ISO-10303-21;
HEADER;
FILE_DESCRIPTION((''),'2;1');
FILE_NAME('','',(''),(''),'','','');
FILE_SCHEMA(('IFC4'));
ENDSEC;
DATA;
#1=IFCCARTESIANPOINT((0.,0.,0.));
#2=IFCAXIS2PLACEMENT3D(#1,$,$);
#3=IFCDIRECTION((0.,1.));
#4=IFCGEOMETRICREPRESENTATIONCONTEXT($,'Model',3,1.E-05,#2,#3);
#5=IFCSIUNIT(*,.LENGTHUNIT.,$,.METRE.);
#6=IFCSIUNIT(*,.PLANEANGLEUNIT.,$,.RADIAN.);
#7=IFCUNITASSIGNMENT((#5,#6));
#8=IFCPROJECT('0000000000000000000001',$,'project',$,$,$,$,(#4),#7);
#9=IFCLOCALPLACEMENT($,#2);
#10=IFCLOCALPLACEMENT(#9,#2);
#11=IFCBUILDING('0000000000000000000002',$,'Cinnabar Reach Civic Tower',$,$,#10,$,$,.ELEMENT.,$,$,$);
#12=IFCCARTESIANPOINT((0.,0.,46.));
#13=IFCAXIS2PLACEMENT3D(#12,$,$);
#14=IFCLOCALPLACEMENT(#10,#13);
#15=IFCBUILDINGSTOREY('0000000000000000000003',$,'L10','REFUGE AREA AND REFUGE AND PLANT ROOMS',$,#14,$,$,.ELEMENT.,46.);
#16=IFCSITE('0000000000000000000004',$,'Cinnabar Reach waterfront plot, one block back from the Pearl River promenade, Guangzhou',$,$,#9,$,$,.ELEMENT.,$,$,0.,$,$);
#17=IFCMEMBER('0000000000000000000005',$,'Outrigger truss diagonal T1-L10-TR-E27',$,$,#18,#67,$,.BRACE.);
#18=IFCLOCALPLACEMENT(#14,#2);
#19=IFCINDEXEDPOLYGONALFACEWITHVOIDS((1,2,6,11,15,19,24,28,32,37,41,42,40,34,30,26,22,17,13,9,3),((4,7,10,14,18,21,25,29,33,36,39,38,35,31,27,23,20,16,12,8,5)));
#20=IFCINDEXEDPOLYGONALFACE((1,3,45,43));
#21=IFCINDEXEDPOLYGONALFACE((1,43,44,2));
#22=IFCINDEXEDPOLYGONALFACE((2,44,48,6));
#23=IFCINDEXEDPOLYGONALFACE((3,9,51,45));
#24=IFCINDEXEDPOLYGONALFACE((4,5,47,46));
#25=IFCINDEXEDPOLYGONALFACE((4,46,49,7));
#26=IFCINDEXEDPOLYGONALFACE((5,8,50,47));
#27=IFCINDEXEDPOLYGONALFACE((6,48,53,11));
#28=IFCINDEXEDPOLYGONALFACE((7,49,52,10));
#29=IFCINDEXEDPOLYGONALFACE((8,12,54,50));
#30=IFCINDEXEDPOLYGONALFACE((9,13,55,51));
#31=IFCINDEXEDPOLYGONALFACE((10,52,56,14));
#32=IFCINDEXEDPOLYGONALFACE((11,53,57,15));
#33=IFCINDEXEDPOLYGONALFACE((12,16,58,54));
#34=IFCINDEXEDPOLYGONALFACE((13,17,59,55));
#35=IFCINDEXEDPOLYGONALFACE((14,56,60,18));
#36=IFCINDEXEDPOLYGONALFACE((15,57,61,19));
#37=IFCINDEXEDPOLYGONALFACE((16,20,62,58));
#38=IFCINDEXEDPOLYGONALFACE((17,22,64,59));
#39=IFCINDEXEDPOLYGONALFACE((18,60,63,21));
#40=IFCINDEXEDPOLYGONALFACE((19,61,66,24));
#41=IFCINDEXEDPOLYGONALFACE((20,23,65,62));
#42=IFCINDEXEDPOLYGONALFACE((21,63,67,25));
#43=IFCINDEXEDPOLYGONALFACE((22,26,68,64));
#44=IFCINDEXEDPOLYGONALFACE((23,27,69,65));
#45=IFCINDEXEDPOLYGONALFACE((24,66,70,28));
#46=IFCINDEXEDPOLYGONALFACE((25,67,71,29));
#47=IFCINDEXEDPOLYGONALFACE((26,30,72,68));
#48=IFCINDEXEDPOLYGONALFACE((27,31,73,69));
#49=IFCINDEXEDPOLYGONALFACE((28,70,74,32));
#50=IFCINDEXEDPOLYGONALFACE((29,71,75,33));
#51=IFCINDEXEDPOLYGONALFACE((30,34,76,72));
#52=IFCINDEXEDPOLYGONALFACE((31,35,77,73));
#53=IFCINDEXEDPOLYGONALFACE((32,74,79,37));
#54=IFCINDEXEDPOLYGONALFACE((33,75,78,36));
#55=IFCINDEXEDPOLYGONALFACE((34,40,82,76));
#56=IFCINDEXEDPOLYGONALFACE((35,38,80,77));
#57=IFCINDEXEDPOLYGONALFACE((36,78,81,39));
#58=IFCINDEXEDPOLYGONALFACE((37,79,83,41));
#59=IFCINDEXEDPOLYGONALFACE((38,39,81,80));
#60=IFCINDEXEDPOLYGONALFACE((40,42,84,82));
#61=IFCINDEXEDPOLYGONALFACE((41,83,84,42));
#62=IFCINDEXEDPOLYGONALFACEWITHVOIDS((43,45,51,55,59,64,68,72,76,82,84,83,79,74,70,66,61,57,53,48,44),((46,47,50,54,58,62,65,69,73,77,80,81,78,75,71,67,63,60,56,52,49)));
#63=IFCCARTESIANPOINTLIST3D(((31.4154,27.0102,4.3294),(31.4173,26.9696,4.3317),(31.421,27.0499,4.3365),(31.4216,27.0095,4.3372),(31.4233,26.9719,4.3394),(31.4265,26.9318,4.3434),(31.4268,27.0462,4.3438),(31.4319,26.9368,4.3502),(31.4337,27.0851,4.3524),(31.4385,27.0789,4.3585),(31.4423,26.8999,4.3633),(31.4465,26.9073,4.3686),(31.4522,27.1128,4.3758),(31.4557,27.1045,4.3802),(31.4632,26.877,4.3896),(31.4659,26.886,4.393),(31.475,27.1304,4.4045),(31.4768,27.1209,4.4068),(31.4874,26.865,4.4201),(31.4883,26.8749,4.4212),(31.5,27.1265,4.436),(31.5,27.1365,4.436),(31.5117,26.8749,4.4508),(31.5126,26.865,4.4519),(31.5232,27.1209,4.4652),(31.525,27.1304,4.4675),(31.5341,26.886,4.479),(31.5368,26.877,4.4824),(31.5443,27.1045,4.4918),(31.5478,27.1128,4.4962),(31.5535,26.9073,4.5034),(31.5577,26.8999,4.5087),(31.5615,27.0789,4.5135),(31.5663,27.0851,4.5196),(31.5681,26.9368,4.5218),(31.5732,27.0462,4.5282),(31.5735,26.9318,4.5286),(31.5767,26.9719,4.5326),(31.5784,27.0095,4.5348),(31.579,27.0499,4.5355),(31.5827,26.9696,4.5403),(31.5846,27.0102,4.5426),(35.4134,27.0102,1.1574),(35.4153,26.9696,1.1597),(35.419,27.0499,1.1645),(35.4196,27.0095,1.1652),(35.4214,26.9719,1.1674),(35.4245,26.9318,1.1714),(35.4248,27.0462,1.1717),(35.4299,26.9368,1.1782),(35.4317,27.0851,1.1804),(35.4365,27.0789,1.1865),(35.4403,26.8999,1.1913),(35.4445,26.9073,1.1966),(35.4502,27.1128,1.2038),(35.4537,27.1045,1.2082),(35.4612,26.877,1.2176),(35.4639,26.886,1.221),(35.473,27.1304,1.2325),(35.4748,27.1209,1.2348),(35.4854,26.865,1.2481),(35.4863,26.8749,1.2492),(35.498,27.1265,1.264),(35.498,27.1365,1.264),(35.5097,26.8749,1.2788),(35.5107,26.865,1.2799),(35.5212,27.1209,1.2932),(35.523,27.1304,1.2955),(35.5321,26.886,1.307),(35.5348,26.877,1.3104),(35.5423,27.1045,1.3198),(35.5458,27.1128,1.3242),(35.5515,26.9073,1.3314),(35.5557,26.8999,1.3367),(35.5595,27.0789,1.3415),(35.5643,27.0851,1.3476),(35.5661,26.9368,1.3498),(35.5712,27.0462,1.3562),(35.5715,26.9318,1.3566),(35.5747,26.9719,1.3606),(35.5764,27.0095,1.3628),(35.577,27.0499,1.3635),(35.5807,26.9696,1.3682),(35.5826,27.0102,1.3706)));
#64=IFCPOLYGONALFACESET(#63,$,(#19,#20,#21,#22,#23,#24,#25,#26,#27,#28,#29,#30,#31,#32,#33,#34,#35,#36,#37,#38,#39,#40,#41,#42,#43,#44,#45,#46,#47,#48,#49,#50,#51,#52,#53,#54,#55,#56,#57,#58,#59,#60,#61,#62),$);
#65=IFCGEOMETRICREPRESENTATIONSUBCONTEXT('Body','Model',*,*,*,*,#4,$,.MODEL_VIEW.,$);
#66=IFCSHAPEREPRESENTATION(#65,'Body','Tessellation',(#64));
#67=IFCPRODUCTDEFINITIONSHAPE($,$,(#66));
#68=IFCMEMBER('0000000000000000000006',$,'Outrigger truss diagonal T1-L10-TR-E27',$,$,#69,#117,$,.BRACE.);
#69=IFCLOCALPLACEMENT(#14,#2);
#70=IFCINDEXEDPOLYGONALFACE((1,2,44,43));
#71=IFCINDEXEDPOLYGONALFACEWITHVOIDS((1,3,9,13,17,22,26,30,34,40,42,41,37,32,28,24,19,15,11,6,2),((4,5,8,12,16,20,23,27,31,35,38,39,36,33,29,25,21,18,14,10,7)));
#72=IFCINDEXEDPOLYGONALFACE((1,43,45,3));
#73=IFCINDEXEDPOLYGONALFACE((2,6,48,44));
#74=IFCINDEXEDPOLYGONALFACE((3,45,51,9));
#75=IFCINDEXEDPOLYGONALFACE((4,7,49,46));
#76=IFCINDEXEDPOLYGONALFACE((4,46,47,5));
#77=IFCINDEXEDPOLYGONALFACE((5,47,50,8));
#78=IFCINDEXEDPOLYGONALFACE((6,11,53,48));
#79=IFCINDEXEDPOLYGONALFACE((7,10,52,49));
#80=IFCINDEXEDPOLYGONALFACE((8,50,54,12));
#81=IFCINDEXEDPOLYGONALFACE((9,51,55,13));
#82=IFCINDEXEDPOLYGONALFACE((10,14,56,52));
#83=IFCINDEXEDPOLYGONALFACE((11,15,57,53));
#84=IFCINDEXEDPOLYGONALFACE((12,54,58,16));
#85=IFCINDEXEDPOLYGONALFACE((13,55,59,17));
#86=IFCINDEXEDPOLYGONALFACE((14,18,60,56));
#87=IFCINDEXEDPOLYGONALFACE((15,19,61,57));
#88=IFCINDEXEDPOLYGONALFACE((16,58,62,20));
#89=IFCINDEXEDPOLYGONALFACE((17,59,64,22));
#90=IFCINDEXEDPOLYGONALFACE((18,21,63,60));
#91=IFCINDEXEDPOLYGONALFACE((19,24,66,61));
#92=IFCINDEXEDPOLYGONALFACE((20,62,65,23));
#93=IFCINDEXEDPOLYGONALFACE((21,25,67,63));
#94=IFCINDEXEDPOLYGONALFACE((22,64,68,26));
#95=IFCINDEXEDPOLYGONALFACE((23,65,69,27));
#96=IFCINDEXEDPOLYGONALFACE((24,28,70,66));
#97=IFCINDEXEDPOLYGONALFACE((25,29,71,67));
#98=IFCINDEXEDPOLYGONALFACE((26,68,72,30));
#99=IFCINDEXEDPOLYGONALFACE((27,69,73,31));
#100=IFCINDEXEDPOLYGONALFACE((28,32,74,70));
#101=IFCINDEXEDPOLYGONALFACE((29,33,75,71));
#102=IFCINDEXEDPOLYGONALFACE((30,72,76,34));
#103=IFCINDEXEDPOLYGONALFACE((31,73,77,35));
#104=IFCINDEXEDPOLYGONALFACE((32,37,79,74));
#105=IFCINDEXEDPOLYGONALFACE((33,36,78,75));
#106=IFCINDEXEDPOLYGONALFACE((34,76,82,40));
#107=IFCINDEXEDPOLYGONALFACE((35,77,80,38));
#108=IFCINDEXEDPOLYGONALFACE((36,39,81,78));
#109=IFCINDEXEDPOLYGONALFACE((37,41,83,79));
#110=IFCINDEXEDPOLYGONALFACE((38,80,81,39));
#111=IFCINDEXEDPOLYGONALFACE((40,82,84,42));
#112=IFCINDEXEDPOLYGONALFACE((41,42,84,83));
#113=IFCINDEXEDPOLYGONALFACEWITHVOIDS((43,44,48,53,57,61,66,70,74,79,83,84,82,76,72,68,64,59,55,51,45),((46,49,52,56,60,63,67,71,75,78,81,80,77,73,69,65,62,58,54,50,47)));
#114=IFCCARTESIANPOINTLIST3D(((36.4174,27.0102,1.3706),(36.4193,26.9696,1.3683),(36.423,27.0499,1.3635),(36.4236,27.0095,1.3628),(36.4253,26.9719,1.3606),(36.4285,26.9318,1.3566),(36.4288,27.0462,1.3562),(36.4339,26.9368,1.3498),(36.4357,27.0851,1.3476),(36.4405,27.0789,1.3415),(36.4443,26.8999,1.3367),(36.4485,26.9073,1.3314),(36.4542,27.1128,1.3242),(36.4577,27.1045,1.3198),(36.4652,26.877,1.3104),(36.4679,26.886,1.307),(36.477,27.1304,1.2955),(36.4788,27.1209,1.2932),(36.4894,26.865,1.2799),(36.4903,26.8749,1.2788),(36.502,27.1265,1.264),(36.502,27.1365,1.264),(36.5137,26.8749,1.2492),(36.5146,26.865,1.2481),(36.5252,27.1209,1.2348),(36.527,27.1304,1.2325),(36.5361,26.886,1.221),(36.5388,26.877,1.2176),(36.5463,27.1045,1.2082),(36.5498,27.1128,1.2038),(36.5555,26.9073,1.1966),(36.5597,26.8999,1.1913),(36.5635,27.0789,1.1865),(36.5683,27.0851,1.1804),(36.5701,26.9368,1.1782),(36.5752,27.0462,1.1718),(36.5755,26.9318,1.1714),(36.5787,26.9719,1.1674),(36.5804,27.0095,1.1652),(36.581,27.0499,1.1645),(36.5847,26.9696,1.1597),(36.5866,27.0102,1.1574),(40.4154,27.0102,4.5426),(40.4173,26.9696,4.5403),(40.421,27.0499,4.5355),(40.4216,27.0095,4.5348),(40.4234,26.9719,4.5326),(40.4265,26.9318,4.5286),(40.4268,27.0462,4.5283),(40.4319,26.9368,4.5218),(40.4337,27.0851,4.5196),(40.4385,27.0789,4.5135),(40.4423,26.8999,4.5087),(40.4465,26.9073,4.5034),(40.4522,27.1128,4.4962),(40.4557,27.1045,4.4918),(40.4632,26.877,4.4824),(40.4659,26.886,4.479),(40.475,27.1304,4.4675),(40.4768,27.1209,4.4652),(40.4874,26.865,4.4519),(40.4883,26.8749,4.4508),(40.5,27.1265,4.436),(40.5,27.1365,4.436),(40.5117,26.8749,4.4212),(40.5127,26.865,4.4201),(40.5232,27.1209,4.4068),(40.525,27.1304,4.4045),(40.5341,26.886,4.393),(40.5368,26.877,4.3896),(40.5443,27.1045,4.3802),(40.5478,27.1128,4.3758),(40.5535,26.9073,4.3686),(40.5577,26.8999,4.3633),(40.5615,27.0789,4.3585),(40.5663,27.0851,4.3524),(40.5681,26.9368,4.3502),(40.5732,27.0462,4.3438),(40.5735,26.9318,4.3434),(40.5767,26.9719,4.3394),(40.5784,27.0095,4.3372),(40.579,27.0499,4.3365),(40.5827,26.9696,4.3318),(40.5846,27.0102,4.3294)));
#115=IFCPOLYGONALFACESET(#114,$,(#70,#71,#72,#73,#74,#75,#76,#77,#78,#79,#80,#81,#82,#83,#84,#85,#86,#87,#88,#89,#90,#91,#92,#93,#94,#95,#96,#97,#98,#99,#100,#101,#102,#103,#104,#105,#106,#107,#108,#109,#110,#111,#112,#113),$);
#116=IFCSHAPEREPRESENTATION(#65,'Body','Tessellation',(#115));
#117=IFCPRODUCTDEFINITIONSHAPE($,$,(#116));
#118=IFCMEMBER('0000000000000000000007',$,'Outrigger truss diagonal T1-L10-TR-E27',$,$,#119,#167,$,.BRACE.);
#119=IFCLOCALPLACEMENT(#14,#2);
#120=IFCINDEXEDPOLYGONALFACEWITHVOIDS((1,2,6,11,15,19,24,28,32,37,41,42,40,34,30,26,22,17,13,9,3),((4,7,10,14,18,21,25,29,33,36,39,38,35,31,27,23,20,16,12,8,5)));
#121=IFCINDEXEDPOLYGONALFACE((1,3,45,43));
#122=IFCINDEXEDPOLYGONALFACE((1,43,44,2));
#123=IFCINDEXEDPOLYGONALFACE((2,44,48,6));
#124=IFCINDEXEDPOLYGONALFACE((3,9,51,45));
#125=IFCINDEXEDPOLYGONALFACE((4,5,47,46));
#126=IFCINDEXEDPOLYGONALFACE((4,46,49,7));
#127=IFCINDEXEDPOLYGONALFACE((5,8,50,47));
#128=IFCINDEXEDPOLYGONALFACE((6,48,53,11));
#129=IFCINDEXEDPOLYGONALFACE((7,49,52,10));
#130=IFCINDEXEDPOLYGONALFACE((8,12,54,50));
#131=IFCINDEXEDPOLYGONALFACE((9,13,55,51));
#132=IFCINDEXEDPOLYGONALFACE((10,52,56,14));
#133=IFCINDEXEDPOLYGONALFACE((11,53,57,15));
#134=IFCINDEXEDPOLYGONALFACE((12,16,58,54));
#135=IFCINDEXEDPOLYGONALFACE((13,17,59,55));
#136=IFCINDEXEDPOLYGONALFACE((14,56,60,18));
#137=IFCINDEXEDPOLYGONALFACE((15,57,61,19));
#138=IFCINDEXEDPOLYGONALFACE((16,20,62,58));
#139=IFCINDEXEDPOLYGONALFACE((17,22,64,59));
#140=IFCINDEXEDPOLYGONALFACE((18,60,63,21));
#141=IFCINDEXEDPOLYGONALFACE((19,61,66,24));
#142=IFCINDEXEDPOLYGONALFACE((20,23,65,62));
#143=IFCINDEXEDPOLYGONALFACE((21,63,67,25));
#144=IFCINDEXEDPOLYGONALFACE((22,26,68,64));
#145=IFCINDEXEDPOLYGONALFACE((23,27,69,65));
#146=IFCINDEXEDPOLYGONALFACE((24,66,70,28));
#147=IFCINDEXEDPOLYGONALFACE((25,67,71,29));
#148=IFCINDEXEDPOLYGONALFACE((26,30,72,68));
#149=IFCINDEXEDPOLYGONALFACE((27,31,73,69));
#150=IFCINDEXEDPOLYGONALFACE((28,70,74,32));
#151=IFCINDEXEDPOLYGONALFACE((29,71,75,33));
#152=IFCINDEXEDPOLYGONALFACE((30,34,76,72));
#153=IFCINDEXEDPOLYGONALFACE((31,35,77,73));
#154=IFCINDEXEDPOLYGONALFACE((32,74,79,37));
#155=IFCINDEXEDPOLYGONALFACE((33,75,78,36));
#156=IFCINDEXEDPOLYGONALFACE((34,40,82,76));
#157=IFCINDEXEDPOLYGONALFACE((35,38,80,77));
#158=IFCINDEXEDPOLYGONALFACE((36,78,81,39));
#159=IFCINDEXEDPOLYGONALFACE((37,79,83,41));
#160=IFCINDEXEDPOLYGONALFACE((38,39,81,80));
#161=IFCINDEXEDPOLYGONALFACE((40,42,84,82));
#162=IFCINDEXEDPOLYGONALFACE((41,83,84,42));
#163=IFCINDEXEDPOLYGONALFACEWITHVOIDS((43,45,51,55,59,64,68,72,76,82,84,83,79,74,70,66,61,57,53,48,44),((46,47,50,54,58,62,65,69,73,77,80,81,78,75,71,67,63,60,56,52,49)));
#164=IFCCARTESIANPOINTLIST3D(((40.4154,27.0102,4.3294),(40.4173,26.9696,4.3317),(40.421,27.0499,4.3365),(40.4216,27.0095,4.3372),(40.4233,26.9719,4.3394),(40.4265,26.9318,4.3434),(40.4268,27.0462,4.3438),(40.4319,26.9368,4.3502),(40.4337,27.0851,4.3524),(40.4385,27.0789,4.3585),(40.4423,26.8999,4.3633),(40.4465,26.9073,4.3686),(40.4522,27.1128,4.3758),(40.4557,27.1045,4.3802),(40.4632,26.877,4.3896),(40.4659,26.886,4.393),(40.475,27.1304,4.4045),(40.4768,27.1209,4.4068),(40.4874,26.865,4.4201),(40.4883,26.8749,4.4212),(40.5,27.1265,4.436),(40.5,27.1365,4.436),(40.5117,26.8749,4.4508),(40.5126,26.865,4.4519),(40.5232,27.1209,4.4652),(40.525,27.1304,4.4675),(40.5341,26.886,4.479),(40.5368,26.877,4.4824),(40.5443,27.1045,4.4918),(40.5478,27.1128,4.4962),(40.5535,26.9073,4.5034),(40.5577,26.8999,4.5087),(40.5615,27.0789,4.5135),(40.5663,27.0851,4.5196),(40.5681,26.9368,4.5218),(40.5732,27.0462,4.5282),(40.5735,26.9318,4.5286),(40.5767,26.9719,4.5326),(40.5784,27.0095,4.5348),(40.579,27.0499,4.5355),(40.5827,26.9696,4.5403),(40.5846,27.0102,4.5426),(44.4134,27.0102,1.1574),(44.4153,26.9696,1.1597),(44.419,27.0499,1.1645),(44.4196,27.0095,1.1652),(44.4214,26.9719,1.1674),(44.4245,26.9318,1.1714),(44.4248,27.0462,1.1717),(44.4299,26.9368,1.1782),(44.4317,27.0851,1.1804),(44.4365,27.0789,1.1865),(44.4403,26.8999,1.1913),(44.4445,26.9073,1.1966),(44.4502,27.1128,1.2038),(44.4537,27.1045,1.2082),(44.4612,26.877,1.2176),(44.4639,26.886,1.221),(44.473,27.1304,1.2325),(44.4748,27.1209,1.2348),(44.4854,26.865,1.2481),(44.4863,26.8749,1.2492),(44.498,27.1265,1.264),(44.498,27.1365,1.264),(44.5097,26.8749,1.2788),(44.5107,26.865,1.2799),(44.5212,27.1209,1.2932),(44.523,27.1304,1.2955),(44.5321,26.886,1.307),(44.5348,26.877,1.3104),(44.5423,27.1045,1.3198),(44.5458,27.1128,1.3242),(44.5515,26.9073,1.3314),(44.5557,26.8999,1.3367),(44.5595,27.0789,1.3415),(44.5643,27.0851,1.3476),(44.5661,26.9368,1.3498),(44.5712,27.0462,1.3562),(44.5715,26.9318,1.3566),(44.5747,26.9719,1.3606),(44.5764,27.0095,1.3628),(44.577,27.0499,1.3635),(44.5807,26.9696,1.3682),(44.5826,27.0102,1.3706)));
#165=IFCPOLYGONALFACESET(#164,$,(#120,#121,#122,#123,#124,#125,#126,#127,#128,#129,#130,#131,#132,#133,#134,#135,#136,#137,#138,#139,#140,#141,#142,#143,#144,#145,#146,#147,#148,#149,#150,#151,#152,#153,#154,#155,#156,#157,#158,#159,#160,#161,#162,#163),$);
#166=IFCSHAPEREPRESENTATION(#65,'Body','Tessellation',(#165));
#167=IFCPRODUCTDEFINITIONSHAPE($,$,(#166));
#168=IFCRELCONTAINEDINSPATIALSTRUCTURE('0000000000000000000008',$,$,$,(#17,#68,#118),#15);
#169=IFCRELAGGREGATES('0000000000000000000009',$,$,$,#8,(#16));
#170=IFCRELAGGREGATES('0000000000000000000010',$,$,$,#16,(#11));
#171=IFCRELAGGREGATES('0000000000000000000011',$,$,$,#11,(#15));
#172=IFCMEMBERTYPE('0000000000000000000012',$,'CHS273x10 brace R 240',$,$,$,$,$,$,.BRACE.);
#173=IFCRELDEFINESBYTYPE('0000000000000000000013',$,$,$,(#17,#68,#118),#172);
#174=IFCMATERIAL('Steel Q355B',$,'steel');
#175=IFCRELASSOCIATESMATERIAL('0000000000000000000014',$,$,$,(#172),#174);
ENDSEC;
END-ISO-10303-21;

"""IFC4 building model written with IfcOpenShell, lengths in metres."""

from ifc_helpers import new_model, si_unit, direction, frame, origin, origin_2d, place, context, subcontext, project, spatial, hollow_circle, extrude, material, material_profile, profile_set, type_object, element, save


model = new_model("IFC4")

# Units and contexts
model_context = context("Model", 3, precision=1e-05, world=origin(), true_north=direction((0.0, 1.0)))
body_context = subcontext(model_context, "Body", "Model", "MODEL_VIEW")
ifc_project = project(units=[si_unit("LENGTHUNIT", "METRE"), si_unit("PLANEANGLEUNIT", "RADIAN")], contexts=[model_context])

# Site, building, storey
site_placement = place(None, origin())
site = spatial("IfcSite", under=ifc_project, at=site_placement, Name="Cinnabar Reach waterfront plot, one block back from the Pearl River promenade, Guangzhou", CompositionType="ELEMENT", RefElevation=0.0)
building_placement = place(site_placement, origin())
building = spatial("IfcBuilding", under=site, at=building_placement, Name="Cinnabar Reach Civic Tower", CompositionType="ELEMENT")
storey_placement = place(building_placement, frame((0.0, 0.0, 46.0)))
storey = spatial("IfcBuildingStorey", under=building, at=storey_placement, Name="L10", Description="REFUGE AREA AND REFUGE AND PLANT ROOMS", CompositionType="ELEMENT", Elevation=46.0)

# Members
ifc_material_1 = material(Name="Steel Q355B", Category="steel")
ifc_material_profile_1 = material_profile(ifc_material_1, hollow_circle(Radius=0.1365, WallThickness=0.01, at=origin_2d()), Name="CHS273x10")
ifc_profile_set_1 = profile_set([ifc_material_profile_1], Name="Steel Q355B")
member_type_1 = type_object("IfcMemberType", Name="CHS273x10 brace R 240", PredefinedType="BRACE", material=ifc_profile_set_1)
for number, where, z_axis, x_axis, name in (
    (1, (31.5, 27.0, 4.436), (0.783386, 0.0, -0.621536), (0.0, 1.0, 0.0), "Outrigger truss diagonal T1-L10-TR-E27"),
    (2, (36.502, 27.0, 1.264), (0.783386, 0.0, 0.621536), (0.0, 1.0, 0.0), "Outrigger truss diagonal T1-L10-TR-E27"),
    (3, (40.5, 27.0, 4.436), (0.783386, 0.0, -0.621536), (0.0, 1.0, 0.0), "Outrigger truss diagonal T1-L10-TR-E27"),
):
    element("IfcMember", number, at=place(storey_placement, frame(where, z_axis=z_axis, x_axis=x_axis)), inside=storey, type_object=member_type_1, Name=name, PredefinedType="BRACE", context=body_context, shape_type="SweptSolid", body=[
        extrude(hollow_circle(Radius=0.1365, WallThickness=0.01, at=origin_2d()), origin(), (0.0, 0.0, 1.0), 5.1035),
    ])

save(model, "model.ifc")
